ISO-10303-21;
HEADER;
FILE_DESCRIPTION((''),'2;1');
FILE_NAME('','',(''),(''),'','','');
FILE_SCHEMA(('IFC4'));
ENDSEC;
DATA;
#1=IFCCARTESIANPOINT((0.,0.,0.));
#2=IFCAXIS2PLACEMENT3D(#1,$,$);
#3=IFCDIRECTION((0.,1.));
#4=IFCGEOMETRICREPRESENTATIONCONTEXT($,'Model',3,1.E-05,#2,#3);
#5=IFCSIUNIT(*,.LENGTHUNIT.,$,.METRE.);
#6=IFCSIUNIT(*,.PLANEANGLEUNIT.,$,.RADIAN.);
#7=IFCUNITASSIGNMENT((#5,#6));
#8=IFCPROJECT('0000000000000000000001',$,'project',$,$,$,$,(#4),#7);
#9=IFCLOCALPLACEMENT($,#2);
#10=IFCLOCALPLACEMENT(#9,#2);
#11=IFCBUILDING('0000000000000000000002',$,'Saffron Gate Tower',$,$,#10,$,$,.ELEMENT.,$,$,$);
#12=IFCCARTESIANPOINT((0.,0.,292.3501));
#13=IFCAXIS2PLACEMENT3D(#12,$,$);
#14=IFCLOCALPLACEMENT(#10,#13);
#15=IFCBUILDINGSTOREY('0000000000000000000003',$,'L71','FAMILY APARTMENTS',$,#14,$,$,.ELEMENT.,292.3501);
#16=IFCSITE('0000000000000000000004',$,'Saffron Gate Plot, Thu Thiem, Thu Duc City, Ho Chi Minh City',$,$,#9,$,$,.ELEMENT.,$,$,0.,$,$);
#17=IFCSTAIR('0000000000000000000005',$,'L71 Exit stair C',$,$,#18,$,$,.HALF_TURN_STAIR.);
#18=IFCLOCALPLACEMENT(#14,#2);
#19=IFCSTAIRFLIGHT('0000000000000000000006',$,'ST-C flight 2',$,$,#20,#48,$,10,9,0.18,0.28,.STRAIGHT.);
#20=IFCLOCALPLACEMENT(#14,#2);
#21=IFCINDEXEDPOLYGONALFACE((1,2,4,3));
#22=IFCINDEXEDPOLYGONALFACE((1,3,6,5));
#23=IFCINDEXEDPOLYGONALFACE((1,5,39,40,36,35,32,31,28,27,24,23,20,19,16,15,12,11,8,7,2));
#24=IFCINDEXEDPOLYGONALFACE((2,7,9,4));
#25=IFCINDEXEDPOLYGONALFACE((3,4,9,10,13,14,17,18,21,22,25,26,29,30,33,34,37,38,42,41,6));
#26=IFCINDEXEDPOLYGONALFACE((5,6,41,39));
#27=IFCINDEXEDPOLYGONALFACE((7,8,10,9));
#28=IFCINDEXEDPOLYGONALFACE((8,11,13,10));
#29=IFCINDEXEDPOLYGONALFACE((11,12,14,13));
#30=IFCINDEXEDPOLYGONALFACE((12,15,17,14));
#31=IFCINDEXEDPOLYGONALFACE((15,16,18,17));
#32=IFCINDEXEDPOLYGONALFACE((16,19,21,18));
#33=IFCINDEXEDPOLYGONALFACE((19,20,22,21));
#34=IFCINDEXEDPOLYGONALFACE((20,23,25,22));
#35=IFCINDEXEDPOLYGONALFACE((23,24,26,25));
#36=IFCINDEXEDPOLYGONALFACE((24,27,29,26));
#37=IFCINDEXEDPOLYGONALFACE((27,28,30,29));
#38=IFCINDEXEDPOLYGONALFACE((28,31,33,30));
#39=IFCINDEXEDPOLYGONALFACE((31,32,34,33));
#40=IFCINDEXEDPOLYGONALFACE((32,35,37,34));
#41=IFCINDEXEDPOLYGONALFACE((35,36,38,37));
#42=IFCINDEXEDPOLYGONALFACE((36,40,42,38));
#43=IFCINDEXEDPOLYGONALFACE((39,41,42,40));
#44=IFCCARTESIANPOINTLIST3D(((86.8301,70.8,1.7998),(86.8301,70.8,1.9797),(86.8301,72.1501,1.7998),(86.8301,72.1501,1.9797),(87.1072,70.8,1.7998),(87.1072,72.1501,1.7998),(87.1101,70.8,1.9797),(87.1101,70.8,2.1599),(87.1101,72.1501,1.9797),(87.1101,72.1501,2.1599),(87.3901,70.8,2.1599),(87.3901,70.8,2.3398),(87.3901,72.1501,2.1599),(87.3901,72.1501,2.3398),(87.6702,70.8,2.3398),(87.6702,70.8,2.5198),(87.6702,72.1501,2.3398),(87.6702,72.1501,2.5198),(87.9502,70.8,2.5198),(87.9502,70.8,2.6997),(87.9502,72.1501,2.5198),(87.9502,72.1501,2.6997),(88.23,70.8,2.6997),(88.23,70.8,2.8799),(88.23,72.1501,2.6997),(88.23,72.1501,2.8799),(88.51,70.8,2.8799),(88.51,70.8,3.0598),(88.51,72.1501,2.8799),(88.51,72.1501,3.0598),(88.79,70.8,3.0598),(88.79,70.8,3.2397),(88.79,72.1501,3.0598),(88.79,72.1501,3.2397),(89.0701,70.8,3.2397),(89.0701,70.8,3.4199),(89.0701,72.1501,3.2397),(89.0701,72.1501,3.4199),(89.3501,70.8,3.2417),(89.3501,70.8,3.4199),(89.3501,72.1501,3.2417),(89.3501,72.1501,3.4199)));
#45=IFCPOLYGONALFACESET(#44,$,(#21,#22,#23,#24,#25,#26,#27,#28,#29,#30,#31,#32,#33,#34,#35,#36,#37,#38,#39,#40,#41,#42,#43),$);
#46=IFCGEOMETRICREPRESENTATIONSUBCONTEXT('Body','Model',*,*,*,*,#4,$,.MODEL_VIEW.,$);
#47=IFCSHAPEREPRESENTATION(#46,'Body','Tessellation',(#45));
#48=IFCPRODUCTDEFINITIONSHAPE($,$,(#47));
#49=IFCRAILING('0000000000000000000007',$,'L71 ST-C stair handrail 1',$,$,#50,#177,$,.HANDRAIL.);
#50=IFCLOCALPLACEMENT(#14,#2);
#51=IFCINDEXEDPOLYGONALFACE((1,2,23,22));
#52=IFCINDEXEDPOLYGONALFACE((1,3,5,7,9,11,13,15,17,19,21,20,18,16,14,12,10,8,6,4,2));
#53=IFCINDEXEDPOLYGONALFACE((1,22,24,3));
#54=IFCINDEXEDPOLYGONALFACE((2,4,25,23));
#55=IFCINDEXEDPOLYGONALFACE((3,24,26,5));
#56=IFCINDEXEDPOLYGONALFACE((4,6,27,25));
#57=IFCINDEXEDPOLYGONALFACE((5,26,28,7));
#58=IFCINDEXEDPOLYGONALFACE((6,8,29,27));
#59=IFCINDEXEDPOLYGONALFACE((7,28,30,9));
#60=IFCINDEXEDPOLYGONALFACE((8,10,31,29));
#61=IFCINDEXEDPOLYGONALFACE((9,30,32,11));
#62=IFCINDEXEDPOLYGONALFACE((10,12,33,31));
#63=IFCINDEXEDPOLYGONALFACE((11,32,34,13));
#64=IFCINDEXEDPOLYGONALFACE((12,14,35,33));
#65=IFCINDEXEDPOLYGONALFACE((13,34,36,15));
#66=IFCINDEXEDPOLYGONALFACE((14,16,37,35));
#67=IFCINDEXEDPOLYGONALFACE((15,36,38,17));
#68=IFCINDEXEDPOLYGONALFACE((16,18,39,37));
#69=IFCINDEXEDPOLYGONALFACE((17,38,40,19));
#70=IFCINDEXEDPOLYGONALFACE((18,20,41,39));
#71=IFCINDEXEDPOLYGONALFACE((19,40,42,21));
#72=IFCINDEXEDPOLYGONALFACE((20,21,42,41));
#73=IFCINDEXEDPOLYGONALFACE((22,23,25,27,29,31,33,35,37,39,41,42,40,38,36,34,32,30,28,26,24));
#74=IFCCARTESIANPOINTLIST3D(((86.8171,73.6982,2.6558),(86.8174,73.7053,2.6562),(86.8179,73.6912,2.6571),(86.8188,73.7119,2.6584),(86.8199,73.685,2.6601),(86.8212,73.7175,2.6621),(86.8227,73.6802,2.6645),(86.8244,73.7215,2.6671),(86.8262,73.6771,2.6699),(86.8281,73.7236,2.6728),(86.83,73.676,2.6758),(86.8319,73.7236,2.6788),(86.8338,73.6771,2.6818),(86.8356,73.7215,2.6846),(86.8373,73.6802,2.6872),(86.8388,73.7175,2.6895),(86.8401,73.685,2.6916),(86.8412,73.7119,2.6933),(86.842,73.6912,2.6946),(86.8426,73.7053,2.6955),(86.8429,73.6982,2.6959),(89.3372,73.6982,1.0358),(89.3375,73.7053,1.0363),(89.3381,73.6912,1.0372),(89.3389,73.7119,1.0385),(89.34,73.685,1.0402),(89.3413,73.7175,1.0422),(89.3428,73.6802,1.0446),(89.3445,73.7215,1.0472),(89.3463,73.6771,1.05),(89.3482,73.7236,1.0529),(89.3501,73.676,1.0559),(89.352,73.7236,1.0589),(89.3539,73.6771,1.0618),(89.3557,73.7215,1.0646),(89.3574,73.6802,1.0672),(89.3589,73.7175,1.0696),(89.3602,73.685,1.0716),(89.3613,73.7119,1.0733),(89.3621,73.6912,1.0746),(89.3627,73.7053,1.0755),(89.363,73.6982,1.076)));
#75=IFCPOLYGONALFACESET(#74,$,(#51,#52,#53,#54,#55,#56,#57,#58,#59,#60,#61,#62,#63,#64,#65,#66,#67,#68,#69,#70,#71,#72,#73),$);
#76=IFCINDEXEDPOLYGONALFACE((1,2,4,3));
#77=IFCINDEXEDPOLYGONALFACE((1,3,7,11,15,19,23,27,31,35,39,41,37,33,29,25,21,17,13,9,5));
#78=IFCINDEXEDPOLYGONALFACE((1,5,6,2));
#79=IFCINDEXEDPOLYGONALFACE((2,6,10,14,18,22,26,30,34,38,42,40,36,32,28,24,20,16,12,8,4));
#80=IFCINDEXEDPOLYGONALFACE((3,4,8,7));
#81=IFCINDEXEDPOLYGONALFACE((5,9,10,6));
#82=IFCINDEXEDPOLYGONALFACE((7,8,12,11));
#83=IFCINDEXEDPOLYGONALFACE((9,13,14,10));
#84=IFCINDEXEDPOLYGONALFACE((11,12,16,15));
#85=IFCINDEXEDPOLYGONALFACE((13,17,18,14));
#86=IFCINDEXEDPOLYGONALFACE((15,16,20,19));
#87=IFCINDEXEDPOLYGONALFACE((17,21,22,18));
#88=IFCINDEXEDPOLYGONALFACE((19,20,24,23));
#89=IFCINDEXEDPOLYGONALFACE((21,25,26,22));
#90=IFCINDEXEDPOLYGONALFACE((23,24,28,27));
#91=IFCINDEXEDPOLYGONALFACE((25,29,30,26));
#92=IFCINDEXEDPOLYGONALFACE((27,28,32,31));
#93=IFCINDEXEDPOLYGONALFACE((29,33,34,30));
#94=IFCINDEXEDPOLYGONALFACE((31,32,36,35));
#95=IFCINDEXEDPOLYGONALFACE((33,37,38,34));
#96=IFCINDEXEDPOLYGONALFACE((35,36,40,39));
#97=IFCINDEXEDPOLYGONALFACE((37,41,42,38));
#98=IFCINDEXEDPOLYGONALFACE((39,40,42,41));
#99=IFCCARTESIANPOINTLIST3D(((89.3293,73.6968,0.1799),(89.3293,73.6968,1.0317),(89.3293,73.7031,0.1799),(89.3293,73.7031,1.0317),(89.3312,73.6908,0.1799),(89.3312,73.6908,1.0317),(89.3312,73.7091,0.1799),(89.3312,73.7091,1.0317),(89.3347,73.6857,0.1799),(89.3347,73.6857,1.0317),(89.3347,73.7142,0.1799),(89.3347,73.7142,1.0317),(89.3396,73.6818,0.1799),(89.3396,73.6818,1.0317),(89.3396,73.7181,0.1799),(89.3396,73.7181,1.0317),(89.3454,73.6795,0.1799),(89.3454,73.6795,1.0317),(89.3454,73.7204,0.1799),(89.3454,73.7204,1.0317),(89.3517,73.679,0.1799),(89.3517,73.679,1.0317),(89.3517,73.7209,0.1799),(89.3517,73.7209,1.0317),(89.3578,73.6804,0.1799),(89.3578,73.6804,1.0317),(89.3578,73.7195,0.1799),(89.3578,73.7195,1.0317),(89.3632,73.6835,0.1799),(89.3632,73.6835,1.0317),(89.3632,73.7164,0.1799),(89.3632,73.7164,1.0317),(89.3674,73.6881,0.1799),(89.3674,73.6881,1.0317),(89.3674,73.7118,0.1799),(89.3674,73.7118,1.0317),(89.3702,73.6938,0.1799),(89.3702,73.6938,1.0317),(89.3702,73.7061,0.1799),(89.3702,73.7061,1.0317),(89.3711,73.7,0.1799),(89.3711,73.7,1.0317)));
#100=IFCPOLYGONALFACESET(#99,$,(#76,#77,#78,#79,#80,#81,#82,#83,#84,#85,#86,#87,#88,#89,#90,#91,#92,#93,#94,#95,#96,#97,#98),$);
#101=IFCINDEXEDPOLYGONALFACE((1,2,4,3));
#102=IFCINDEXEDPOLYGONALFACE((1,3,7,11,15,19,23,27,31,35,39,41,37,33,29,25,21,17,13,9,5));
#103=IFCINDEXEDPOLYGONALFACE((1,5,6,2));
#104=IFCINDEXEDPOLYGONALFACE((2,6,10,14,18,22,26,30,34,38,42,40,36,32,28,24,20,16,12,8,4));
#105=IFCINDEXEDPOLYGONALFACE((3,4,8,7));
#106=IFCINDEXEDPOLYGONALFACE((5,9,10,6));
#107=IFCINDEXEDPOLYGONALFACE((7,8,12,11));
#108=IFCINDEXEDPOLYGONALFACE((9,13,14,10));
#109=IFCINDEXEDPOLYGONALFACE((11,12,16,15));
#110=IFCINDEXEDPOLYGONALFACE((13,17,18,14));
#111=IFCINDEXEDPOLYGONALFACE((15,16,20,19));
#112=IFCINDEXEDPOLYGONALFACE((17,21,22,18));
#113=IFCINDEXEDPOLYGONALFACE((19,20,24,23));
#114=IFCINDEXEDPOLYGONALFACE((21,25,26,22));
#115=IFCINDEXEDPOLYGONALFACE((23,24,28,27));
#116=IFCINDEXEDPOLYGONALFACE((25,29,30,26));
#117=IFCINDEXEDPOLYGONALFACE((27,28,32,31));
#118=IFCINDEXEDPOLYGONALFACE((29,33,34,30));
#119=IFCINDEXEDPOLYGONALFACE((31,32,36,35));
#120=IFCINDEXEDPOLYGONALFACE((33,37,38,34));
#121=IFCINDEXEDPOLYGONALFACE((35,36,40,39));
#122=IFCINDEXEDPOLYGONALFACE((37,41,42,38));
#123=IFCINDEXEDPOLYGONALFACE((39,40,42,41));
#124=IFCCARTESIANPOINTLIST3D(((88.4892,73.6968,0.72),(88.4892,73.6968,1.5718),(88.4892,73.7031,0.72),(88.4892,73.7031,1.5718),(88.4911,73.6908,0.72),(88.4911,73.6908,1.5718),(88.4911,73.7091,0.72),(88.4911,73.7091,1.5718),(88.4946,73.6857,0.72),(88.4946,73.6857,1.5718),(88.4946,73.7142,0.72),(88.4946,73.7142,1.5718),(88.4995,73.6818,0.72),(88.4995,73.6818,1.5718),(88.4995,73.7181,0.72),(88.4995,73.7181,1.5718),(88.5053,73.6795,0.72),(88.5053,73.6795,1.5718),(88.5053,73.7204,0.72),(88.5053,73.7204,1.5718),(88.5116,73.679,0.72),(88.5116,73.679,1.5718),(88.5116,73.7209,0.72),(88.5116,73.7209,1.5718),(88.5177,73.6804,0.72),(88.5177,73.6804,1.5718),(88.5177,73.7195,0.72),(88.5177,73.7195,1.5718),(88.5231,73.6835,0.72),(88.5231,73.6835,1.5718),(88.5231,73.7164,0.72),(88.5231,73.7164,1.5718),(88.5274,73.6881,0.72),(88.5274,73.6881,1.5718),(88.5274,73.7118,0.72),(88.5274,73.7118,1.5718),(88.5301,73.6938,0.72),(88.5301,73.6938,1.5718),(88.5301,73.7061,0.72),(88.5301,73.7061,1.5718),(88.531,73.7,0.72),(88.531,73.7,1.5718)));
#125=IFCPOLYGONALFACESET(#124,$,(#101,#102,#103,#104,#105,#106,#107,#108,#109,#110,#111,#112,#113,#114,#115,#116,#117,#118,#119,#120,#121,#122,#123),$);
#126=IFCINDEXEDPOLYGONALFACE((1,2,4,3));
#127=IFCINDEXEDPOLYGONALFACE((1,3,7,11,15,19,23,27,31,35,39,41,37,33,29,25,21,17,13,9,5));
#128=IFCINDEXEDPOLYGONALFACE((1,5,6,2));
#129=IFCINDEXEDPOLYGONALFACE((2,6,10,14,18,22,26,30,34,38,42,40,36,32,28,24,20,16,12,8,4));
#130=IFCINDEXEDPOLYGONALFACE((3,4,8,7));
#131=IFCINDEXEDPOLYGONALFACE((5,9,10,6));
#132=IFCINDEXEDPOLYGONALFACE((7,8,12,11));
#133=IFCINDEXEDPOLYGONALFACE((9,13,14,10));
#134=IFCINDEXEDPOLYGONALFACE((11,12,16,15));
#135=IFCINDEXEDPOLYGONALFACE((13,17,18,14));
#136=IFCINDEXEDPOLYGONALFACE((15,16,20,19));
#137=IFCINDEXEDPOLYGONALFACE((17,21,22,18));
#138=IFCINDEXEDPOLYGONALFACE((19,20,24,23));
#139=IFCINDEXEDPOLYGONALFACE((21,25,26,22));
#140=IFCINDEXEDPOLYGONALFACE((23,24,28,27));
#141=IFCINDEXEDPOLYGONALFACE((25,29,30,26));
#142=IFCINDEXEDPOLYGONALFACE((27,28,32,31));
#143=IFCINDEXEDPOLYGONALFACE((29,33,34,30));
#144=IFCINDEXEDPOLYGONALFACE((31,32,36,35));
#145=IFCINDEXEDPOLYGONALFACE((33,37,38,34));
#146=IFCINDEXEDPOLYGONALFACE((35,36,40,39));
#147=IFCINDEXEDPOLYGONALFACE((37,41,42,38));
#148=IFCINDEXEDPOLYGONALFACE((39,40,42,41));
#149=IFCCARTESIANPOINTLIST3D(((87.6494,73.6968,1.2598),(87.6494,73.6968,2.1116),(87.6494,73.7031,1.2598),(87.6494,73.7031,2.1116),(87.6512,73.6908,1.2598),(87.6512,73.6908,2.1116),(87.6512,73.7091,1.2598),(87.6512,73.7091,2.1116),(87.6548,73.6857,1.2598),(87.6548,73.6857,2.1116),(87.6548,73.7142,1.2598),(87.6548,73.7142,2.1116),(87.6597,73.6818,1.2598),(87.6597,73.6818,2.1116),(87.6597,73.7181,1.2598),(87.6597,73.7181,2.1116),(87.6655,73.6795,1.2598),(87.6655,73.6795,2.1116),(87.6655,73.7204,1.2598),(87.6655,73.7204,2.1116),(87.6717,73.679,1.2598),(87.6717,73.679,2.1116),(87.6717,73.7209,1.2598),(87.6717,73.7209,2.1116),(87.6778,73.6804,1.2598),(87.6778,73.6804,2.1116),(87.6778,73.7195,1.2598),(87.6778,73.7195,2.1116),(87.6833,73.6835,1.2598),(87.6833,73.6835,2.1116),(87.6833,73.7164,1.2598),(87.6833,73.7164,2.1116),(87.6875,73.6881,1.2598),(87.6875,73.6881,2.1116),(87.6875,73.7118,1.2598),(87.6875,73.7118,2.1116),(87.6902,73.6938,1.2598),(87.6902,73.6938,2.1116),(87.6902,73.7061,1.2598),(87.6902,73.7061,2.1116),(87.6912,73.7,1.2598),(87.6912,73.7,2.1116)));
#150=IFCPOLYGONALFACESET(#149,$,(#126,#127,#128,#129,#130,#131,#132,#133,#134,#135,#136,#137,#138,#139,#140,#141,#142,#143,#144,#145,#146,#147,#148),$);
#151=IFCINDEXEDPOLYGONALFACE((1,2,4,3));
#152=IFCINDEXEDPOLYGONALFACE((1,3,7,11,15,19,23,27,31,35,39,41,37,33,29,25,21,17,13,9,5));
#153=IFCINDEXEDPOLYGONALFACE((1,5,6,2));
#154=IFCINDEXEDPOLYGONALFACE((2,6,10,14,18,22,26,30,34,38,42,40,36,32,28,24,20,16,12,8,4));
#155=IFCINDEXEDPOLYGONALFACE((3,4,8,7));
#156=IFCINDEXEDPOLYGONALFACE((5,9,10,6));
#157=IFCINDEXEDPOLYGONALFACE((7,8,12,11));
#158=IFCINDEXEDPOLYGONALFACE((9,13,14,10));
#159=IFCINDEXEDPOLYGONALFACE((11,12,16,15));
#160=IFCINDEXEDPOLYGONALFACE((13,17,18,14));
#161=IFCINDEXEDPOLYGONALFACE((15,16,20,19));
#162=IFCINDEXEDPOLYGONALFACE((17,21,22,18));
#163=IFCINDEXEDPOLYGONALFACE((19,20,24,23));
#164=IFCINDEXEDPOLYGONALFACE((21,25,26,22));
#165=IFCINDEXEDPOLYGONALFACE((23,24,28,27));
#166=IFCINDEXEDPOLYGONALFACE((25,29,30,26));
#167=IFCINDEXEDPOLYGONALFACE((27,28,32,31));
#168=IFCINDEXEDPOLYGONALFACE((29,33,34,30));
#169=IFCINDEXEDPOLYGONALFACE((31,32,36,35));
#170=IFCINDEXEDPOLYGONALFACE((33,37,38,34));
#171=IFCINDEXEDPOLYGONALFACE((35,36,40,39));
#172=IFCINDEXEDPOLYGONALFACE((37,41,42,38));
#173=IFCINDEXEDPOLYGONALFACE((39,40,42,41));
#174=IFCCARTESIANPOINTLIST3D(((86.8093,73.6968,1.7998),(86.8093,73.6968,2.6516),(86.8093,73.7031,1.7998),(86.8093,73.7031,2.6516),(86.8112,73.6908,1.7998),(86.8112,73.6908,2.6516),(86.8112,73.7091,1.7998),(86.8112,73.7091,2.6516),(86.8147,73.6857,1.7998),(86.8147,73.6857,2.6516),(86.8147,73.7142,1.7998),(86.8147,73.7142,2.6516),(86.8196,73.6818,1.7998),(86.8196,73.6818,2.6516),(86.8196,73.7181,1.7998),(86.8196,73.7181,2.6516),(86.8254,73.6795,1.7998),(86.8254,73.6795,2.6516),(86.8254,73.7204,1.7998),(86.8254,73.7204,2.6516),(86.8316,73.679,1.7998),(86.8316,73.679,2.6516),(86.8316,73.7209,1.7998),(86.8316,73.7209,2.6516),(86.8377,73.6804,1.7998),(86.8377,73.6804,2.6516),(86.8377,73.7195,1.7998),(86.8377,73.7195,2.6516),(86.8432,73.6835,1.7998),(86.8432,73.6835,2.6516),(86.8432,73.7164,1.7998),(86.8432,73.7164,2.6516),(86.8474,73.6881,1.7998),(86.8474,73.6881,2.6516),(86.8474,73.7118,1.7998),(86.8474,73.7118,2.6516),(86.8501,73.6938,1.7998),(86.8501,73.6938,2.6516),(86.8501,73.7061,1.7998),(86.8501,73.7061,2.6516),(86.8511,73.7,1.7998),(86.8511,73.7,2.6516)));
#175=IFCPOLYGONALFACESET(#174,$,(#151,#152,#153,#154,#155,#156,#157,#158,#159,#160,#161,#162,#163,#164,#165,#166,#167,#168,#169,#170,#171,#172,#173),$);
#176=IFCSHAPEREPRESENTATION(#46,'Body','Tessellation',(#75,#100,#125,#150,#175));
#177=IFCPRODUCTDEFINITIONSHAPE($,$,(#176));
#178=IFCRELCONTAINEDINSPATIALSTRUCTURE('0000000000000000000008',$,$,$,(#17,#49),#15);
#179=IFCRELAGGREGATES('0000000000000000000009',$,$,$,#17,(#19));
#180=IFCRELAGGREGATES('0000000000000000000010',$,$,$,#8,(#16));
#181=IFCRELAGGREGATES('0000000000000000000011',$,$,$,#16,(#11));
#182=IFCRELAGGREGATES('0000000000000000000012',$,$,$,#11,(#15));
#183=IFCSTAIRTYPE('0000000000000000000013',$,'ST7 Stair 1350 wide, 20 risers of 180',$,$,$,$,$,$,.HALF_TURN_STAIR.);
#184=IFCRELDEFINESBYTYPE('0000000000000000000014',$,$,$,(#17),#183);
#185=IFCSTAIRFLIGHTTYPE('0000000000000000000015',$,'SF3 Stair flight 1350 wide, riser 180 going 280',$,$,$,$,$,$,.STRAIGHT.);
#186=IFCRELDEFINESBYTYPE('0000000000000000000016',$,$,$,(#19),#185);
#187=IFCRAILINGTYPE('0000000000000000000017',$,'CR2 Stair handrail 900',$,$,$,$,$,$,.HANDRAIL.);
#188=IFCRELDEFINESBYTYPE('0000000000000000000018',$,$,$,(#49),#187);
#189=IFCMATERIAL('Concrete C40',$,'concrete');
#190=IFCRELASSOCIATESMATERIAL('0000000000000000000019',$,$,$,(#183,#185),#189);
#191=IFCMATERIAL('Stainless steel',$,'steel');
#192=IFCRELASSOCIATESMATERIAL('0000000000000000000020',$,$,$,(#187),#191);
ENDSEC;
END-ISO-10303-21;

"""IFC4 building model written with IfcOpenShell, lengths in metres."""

from ifc_helpers import new_model, si_unit, direction, frame, origin, origin_2d, place, context, subcontext, project, spatial, polyline, circle, outline, extrude, material, type_object, element, aggregate, save


model = new_model("IFC4")

# Units and contexts
model_context = context("Model", 3, precision=1e-05, world=origin(), true_north=direction((0.0, 1.0)))
body_context = subcontext(model_context, "Body", "Model", "MODEL_VIEW")
ifc_project = project(units=[si_unit("LENGTHUNIT", "METRE"), si_unit("PLANEANGLEUNIT", "RADIAN")], contexts=[model_context])

# Site, building, storey
site_placement = place(None, origin())
site = spatial("IfcSite", under=ifc_project, at=site_placement, Name="Saffron Gate Plot, Thu Thiem, Thu Duc City, Ho Chi Minh City", CompositionType="ELEMENT", RefElevation=0.0)
building_placement = place(site_placement, origin())
building = spatial("IfcBuilding", under=site, at=building_placement, Name="Saffron Gate Tower", CompositionType="ELEMENT")
storey_placement = place(building_placement, frame((0.0, 0.0, 292.3501)))
storey = spatial("IfcBuildingStorey", under=building, at=storey_placement, Name="L71", Description="FAMILY APARTMENTS", CompositionType="ELEMENT", Elevation=292.3501)

# Stair, stair flight
ifc_material_1 = material(Name="Concrete C40", Category="concrete")
stair_type = type_object("IfcStairType", Name="ST7 Stair 1350 wide, 20 risers of 180", PredefinedType="HALF_TURN_STAIR", material=ifc_material_1)
stair_placement = place(storey_placement, origin())
stair = element("IfcStair", 1, at=stair_placement, inside=storey, type_object=stair_type, Name="L71 Exit stair C", PredefinedType="HALF_TURN_STAIR")
stair_flight_type = type_object("IfcStairFlightType", Name="SF3 Stair flight 1350 wide, riser 180 going 280", PredefinedType="STRAIGHT", material=ifc_material_1)
stair_flight_1_placement = place(storey_placement, frame((86.8301, 71.4751, 1.7998), z_axis=(0.0, 0.0, 1.0), x_axis=(1.0, 0.0, 0.0)))
stair_flight_1 = element("IfcStairFlight", 2, at=stair_flight_1_placement, type_object=stair_flight_type, Name="ST-C flight 2", NumberOfRisers=10, NumberOfTreads=9, PredefinedType="STRAIGHT", RiserHeight=0.18, TreadLength=0.28, context=body_context, shape_type="SweptSolid", body=[
    extrude(outline(polyline([(0.0, 0.0), (0.0, 0.1799), (0.28, 0.1799), (0.28, 0.3601), (0.5601, 0.3601), (0.5601, 0.54), (0.8401, 0.54), (0.8401, 0.72), (1.1201, 0.72), (1.1201, 0.8999), (1.3999, 0.8999), (1.3999, 1.0801), (1.6799, 1.0801), (1.6799, 1.26), (1.96, 1.26), (1.96, 1.4399), (2.24, 1.4399), (2.24, 1.6201), (2.52, 1.6201), (2.52, 1.8), (2.52, 1.4419), (0.2771, 0.0), (0.0, 0.0)])), frame((0.0, 0.675, 0.0), z_axis=(0.0, -1.0, 0.0), x_axis=(1.0, 0.0, 0.0)), (0.0, 0.0, 1.0), 1.3501),
])
aggregate(stair, [stair_flight_1])

# Railing
ifc_material_2 = material(Name="Stainless steel", Category="steel")
railing_type_1 = type_object("IfcRailingType", Name="CR2 Stair handrail 900", PredefinedType="HANDRAIL", material=ifc_material_2)
railing_1_placement = place(storey_placement, frame((89.3501, 73.7, 0.1799)))
element("IfcRailing", 3, at=railing_1_placement, inside=storey, type_object=railing_type_1, Name="L71 ST-C stair handrail 1", PredefinedType="HANDRAIL", context=body_context, shape_type="SweptSolid", body=[
    extrude(circle(Radius=0.0239, at=origin_2d()), frame((0.0, 0.0, 0.876), z_axis=(-0.8412, 0.0, 0.540725), x_axis=(0.0, -1.0, 0.0)), (0.0, 0.0, 1.0), 2.9958),
    extrude(circle(Radius=0.021, at=origin_2d()), origin(), (0.0, 0.0, 1.0), 0.8518),
    extrude(circle(Radius=0.021, at=origin_2d()), frame((-0.8401, 0.0, 0.54)), (0.0, 0.0, 1.0), 0.8518),
    extrude(circle(Radius=0.021, at=origin_2d()), frame((-1.6799, 0.0, 1.0798)), (0.0, 0.0, 1.0), 0.8518),
    extrude(circle(Radius=0.021, at=origin_2d()), frame((-2.52, 0.0, 1.6199)), (0.0, 0.0, 1.0), 0.8518),
])

save(model, "model.ifc")
